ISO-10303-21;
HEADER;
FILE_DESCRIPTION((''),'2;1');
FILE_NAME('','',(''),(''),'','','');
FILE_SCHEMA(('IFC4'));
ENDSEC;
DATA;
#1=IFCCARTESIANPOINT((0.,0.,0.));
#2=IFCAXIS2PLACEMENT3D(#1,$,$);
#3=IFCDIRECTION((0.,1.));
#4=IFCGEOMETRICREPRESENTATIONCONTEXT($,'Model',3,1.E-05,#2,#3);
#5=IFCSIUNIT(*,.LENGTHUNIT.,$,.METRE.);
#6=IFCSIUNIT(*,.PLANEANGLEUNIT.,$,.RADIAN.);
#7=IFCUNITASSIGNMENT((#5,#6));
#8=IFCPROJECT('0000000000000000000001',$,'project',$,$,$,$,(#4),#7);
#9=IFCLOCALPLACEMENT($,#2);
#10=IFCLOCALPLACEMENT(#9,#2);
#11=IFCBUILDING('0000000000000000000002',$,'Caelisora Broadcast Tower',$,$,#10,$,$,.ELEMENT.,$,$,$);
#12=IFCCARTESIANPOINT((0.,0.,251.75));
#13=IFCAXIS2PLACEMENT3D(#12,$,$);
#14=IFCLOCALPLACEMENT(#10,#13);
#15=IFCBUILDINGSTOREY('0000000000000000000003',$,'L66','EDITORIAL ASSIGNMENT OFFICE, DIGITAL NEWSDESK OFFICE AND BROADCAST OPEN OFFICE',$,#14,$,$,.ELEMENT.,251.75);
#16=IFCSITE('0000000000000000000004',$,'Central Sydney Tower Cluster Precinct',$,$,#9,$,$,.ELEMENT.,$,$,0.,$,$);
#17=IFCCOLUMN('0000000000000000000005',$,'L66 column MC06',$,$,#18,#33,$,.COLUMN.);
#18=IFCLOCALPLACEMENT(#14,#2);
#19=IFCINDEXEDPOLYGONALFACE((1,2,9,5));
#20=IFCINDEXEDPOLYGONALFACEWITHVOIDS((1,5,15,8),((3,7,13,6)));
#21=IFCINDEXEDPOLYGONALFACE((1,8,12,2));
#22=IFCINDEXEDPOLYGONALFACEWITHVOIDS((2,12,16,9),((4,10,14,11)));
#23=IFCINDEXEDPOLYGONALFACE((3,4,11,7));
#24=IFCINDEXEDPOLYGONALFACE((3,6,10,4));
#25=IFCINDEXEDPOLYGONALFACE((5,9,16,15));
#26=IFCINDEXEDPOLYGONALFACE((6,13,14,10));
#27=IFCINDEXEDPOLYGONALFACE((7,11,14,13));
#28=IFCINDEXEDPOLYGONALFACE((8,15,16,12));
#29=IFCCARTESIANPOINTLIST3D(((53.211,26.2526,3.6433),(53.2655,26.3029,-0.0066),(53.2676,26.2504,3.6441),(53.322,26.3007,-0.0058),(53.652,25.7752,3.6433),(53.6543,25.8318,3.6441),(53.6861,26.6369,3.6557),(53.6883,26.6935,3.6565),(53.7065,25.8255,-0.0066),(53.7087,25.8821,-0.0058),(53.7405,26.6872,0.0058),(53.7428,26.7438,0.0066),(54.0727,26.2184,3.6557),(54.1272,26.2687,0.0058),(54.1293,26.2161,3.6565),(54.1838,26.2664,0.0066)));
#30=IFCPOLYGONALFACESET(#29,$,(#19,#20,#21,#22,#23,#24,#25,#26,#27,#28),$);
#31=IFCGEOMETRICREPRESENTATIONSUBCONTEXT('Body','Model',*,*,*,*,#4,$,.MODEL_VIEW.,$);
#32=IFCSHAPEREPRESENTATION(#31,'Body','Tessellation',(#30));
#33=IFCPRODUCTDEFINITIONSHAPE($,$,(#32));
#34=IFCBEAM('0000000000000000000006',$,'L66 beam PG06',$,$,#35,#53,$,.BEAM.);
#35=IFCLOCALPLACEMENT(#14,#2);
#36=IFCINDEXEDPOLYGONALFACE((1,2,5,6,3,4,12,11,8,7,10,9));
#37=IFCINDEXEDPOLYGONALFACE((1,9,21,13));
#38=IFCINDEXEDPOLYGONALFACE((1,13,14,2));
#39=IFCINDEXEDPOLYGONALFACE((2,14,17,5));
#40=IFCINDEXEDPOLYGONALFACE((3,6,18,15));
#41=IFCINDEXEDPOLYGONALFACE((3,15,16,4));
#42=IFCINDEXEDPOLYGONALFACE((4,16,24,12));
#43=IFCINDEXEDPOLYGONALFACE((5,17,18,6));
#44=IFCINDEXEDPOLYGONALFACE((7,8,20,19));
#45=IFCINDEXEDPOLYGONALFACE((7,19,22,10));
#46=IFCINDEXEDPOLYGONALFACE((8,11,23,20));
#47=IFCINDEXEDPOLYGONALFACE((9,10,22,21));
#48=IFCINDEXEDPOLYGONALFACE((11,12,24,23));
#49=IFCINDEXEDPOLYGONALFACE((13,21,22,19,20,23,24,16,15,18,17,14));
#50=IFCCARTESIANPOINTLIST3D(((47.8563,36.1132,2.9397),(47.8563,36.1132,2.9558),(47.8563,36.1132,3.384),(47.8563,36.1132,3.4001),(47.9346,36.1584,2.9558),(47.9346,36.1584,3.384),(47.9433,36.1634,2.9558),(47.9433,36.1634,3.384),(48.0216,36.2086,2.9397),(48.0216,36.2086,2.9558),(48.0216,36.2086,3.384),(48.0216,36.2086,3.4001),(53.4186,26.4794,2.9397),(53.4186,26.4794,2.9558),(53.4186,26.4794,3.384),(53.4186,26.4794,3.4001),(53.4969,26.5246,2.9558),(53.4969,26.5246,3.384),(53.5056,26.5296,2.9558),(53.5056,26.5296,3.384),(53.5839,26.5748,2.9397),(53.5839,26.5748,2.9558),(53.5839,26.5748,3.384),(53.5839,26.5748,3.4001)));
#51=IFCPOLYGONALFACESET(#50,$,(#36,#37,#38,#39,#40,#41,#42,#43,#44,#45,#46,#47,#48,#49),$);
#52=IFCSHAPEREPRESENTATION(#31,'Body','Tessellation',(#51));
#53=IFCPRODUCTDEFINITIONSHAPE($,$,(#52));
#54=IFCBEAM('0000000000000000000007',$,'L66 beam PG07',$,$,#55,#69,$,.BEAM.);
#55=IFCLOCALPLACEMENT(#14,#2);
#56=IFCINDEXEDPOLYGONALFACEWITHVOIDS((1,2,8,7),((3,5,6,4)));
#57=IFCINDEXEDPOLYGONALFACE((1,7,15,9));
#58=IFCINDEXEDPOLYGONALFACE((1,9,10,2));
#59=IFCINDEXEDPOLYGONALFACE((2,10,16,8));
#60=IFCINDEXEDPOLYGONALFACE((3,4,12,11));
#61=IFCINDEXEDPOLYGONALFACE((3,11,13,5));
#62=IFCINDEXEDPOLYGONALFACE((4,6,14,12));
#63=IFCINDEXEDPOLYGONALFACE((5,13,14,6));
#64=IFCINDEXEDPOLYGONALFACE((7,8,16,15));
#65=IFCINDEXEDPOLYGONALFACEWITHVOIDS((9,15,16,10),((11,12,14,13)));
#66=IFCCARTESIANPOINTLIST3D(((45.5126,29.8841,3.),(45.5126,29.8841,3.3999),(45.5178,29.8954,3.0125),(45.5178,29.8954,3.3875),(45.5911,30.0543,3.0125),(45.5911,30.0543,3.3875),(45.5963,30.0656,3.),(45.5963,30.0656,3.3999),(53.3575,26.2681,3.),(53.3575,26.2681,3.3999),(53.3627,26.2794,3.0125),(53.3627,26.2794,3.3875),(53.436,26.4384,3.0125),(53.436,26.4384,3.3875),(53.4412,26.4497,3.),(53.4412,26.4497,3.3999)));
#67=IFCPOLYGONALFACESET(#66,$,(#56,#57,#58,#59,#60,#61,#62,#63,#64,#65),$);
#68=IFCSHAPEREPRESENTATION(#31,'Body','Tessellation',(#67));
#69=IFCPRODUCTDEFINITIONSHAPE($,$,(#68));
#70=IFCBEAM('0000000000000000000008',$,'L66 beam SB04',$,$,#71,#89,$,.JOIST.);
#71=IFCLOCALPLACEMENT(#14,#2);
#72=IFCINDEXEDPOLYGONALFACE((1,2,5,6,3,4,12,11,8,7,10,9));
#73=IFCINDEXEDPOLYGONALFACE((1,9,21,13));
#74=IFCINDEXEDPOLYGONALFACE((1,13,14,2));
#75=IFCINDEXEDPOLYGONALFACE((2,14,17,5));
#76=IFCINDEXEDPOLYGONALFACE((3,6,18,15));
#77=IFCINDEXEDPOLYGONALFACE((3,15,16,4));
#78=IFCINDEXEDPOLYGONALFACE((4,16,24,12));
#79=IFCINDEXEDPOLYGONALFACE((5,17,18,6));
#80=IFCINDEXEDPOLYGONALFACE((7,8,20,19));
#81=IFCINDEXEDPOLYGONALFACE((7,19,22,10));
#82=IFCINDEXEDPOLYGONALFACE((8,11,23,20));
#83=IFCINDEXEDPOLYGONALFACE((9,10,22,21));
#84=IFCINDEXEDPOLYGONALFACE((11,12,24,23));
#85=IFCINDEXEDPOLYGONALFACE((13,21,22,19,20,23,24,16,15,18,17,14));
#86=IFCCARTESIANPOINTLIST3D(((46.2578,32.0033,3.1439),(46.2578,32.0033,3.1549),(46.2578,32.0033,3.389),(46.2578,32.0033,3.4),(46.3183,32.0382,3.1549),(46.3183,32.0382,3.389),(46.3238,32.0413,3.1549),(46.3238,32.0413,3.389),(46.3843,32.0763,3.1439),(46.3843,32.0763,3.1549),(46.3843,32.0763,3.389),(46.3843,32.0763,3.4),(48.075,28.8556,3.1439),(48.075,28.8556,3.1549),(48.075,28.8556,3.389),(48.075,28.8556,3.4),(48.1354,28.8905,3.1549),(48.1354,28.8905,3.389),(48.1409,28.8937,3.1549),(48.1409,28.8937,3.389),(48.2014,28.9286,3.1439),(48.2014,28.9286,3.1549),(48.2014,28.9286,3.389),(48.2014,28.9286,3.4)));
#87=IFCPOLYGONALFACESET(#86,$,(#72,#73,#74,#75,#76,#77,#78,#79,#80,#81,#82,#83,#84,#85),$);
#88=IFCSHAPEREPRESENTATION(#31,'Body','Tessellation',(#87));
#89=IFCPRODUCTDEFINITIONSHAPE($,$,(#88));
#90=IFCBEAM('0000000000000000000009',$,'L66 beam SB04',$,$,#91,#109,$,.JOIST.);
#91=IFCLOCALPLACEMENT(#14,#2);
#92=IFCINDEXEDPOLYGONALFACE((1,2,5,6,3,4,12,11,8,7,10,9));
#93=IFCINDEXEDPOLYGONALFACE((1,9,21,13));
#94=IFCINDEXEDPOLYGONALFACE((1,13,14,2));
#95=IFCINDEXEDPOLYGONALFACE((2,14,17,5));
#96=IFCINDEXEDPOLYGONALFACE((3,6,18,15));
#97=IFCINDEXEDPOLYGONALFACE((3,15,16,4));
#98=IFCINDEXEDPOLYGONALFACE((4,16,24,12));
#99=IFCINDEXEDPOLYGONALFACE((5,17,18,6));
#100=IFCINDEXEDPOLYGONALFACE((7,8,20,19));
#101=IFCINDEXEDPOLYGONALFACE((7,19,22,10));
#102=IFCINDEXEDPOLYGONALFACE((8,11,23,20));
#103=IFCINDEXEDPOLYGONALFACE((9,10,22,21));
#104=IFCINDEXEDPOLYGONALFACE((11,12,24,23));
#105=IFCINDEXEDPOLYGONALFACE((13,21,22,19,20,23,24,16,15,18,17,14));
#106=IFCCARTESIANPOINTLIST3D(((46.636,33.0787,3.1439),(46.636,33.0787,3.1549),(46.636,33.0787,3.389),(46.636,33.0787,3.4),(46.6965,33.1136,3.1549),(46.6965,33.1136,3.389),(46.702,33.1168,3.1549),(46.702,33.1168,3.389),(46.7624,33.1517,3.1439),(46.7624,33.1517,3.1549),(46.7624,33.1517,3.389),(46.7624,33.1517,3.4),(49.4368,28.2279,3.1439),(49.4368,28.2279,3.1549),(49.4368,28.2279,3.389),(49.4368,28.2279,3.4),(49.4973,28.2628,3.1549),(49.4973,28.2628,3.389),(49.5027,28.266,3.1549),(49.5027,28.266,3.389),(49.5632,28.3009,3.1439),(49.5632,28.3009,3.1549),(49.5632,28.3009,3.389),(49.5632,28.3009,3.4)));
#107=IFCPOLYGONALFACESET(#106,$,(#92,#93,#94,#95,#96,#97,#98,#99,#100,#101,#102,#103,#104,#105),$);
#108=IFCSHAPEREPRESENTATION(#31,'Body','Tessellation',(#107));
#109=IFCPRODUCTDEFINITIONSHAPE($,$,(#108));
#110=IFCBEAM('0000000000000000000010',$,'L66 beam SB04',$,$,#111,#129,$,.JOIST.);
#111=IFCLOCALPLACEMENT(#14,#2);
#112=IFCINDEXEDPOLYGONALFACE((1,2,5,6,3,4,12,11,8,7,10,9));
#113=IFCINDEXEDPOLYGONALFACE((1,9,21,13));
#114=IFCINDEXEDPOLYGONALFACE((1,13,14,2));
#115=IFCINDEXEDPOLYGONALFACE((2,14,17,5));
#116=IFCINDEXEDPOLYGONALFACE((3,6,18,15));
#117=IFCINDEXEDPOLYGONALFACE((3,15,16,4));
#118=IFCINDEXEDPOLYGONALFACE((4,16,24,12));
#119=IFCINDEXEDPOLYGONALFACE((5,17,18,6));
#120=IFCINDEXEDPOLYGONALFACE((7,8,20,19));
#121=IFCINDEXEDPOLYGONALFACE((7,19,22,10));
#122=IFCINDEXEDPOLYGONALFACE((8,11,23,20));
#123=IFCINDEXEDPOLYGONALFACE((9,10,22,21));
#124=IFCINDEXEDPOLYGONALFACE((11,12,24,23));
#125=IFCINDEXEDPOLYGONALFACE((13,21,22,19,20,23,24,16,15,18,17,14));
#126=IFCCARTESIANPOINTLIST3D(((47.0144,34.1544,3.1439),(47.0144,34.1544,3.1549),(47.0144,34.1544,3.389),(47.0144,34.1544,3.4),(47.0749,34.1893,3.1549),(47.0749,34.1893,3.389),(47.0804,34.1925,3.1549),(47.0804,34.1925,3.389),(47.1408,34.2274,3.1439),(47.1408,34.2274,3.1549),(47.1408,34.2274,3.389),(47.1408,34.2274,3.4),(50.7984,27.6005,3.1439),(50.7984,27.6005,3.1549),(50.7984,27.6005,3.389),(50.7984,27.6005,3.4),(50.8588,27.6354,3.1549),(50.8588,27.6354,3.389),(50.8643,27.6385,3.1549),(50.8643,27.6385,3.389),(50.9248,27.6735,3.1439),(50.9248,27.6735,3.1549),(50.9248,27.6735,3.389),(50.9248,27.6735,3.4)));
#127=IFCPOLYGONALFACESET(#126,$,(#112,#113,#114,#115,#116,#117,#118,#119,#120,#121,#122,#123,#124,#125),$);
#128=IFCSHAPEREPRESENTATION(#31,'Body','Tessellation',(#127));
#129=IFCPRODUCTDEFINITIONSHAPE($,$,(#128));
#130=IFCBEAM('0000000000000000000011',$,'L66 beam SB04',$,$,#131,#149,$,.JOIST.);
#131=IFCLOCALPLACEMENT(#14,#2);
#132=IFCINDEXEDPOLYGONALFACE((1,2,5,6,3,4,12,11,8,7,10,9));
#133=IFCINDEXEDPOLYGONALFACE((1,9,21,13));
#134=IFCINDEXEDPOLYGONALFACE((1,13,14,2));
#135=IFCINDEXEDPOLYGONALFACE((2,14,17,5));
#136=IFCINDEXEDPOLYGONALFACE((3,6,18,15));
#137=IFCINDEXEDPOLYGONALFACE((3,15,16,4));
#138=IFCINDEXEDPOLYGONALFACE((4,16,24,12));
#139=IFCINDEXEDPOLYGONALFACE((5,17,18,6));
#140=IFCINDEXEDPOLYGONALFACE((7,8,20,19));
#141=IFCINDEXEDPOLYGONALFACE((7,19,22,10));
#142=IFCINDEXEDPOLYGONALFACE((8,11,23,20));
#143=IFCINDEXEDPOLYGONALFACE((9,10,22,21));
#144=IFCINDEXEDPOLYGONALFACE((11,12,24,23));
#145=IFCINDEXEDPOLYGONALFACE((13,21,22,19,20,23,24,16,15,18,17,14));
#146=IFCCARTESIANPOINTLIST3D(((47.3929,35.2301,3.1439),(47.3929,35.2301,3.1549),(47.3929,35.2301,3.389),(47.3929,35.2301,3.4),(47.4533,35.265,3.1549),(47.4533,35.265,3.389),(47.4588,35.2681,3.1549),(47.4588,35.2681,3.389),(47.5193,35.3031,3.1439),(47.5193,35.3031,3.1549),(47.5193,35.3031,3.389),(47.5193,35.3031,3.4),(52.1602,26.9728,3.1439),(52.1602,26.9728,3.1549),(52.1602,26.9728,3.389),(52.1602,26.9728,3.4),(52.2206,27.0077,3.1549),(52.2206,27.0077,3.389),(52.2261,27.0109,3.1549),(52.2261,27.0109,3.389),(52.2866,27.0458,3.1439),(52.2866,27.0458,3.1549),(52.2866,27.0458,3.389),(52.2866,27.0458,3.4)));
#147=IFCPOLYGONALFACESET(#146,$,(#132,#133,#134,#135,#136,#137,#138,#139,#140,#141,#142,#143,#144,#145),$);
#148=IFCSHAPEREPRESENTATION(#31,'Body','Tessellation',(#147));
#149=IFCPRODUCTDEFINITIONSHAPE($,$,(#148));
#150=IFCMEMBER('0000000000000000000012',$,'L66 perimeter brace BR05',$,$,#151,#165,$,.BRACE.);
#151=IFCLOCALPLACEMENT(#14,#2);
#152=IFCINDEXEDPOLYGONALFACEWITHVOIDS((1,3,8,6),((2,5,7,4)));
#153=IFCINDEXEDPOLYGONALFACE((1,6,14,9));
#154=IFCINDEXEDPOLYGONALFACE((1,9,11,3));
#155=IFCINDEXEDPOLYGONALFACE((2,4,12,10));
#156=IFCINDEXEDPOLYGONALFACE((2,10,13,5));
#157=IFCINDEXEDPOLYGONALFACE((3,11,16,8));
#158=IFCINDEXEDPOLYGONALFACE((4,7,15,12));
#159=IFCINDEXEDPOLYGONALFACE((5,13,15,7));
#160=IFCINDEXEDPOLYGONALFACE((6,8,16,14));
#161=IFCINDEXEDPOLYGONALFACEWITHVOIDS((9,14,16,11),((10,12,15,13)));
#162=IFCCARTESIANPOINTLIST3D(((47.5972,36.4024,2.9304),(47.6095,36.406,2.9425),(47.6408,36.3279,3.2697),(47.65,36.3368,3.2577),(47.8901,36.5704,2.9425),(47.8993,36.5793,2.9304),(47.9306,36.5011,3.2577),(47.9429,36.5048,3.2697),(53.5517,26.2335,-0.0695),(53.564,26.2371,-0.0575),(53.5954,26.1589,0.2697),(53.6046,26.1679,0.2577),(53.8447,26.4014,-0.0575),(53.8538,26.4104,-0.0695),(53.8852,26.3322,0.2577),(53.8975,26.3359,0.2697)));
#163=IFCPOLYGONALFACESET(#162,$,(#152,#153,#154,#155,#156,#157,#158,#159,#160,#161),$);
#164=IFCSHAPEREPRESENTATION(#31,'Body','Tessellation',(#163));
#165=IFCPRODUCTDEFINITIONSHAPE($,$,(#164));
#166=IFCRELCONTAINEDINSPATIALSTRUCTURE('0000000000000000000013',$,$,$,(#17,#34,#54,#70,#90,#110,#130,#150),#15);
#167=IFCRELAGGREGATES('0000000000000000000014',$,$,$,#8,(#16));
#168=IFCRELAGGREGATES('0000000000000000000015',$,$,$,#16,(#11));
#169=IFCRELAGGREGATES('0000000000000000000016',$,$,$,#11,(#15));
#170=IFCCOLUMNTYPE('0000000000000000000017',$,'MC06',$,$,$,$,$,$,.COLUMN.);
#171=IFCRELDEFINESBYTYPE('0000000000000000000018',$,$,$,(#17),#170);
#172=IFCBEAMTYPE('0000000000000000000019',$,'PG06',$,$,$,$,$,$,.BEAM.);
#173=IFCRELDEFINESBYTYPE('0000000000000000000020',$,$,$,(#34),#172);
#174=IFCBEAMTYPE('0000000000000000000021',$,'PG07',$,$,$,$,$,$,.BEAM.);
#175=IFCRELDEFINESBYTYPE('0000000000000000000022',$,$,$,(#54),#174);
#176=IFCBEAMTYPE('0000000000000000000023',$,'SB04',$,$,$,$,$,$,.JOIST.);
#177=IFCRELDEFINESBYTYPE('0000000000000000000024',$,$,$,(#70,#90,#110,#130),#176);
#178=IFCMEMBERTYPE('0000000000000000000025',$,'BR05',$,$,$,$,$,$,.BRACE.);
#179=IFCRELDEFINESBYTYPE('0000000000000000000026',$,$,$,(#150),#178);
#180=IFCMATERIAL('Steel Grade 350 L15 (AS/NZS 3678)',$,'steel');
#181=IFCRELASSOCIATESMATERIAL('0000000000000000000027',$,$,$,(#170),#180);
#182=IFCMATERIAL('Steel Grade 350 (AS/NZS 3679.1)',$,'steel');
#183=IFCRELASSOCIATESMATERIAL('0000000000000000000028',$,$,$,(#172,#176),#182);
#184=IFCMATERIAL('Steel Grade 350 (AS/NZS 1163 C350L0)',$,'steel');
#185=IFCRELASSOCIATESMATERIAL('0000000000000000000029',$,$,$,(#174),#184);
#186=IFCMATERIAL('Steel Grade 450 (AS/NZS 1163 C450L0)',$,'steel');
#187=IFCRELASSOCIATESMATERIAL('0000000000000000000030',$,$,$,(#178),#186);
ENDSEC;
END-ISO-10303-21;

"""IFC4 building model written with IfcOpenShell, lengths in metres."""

from ifc_helpers import new_model, si_unit, direction, frame, origin, origin_2d, place, context, subcontext, project, spatial, hollow_rectangle, i_section, extrude, source, transform, mapped, material, material_profile, profile_set, type_object, type_shapes, element, save


model = new_model("IFC4")

# Units and contexts
model_context = context("Model", 3, precision=1e-05, world=origin(), true_north=direction((0.0, 1.0)))
body_context = subcontext(model_context, "Body", "Model", "MODEL_VIEW")
ifc_project = project(units=[si_unit("LENGTHUNIT", "METRE"), si_unit("PLANEANGLEUNIT", "RADIAN")], contexts=[model_context])

# Site, building, storey
site_placement = place(None, origin())
site = spatial("IfcSite", under=ifc_project, at=site_placement, Name="Central Sydney Tower Cluster Precinct", CompositionType="ELEMENT", RefElevation=0.0)
building_placement = place(site_placement, origin())
building = spatial("IfcBuilding", under=site, at=building_placement, Name="Caelisora Broadcast Tower", CompositionType="ELEMENT")
storey_placement = place(building_placement, frame((0.0, 0.0, 251.75)))
storey = spatial("IfcBuildingStorey", under=building, at=storey_placement, Name="L66", Description="EDITORIAL ASSIGNMENT OFFICE, DIGITAL NEWSDESK OFFICE AND BROADCAST OPEN OFFICE", CompositionType="ELEMENT", Elevation=251.75)

# Column
ifc_material_1 = material(Name="Steel Grade 350 L15 (AS/NZS 3678)", Category="steel")
ifc_material_profile_1 = material_profile(ifc_material_1, hollow_rectangle(XDim=0.6499, YDim=0.6499, WallThickness=0.04, at=origin_2d()), Name="Steel Grade 350 L15 (AS/NZS 3678)")
ifc_profile_set_1 = profile_set([ifc_material_profile_1], Name="Steel Grade 350 L15 (AS/NZS 3678)")
column_type = type_object("IfcColumnType", Name="MC06", PredefinedType="COLUMN", material=ifc_profile_set_1)
shared_shape_1 = source(origin(), body_context, "Body", "SweptSolid", [
    extrude(hollow_rectangle(XDim=0.6499, YDim=0.6499, WallThickness=0.04, at=origin_2d()), origin(), (0.0, 0.0, 1.0), 3.6506),
])
type_shapes(column_type, [shared_shape_1])
column_placement = place(storey_placement, frame((53.7246, 26.2847, 0.0), z_axis=(-0.014913, -0.013776, 0.999794), x_axis=(0.678554, -0.734551, 0.0)))
element("IfcColumn", 1, at=column_placement, inside=storey, type_object=column_type, Name="L66 column MC06", PredefinedType="COLUMN", context=body_context, shape_type="MappedRepresentation", body=[
    mapped(shared_shape_1, transform((0.0, 0.0, 0.0), scale=1.0)),
])

# Beams
ifc_material_2 = material(Name="Steel Grade 350 (AS/NZS 3679.1)", Category="steel")
ifc_material_profile_2 = material_profile(ifc_material_2, i_section(OverallWidth=0.1909, OverallDepth=0.4604, WebThickness=0.01, FlangeThickness=0.0161, at=origin_2d()), Name="Steel Grade 350 (AS/NZS 3679.1)")
ifc_profile_set_2 = profile_set([ifc_material_profile_2], Name="Steel Grade 350 (AS/NZS 3679.1)")
beam_type_1 = type_object("IfcBeamType", Name="PG06", PredefinedType="BEAM", material=ifc_profile_set_2)
shared_shape_2 = source(origin(), body_context, "Body", "SweptSolid", [
    extrude(i_section(OverallWidth=0.1909, OverallDepth=0.4604, WebThickness=0.01, FlangeThickness=0.0161, at=origin_2d()), origin(), (0.0, 0.0, 1.0), 11.1243),
])
type_shapes(beam_type_1, [shared_shape_2])
beam_1_placement = place(storey_placement, frame((53.5012, 26.5271, 3.1699), z_axis=(-0.500012, 0.866018, 0.0), x_axis=(-0.866018, -0.500012, 0.0)))
element("IfcBeam", 2, at=beam_1_placement, inside=storey, type_object=beam_type_1, Name="L66 beam PG06", PredefinedType="BEAM", context=body_context, shape_type="MappedRepresentation", body=[
    mapped(shared_shape_2, transform((0.0, 0.0, 0.0), scale=1.0)),
])
ifc_material_3 = material(Name="Steel Grade 350 (AS/NZS 1163 C350L0)", Category="steel")
ifc_material_profile_3 = material_profile(ifc_material_3, hollow_rectangle(XDim=0.2, YDim=0.3999, WallThickness=0.0125, at=origin_2d()), Name="Steel Grade 350 (AS/NZS 1163 C350L0)")
ifc_profile_set_3 = profile_set([ifc_material_profile_3], Name="Steel Grade 350 (AS/NZS 1163 C350L0)")
beam_type_2 = type_object("IfcBeamType", Name="PG07", PredefinedType="BEAM", material=ifc_profile_set_3)
shared_shape_3 = source(origin(), body_context, "Body", "SweptSolid", [
    extrude(hollow_rectangle(XDim=0.2, YDim=0.3999, WallThickness=0.0125, at=origin_2d()), origin(), (0.0, 0.0, 1.0), 8.6382),
])
type_shapes(beam_type_2, [shared_shape_3])
beam_2_placement = place(storey_placement, frame((45.5544, 29.9749, 3.2), z_axis=(0.90817, -0.418601, 0.0), x_axis=(0.418601, 0.90817, 0.0)))
element("IfcBeam", 3, at=beam_2_placement, inside=storey, type_object=beam_type_2, Name="L66 beam PG07", PredefinedType="BEAM", context=body_context, shape_type="MappedRepresentation", body=[
    mapped(shared_shape_3, transform((0.0, 0.0, 0.0), scale=1.0)),
])
ifc_material_profile_4 = material_profile(ifc_material_2, i_section(OverallWidth=0.146, OverallDepth=0.2561, WebThickness=0.0063, FlangeThickness=0.011, at=origin_2d()), Name="Steel Grade 350 (AS/NZS 3679.1)")
ifc_profile_set_4 = profile_set([ifc_material_profile_4], Name="Steel Grade 350 (AS/NZS 3679.1)")
beam_type_3 = type_object("IfcBeamType", Name="SB04", PredefinedType="JOIST", material=ifc_profile_set_4)
shared_shape_4 = source(origin(), body_context, "Body", "SweptSolid", [
    extrude(i_section(OverallWidth=0.146, OverallDepth=0.2561, WebThickness=0.0063, FlangeThickness=0.011, at=origin_2d()), origin(), (0.0, 0.0, 1.0), 3.6345),
])
beam_3_placement = place(storey_placement, frame((48.1382, 28.8921, 3.272), z_axis=(-0.499961, 0.866048, 0.0), x_axis=(-0.866048, -0.499961, 0.0)))
element("IfcBeam", 4, at=beam_3_placement, inside=storey, type_object=beam_type_3, Name="L66 beam SB04", PredefinedType="JOIST", context=body_context, shape_type="MappedRepresentation", body=[
    mapped(shared_shape_4, transform((0.0, 0.0, 0.0), scale=1.0)),
])
shared_shape_5 = source(origin(), body_context, "Body", "SweptSolid", [
    extrude(i_section(OverallWidth=0.146, OverallDepth=0.2561, WebThickness=0.0063, FlangeThickness=0.011, at=origin_2d()), origin(), (0.0, 0.0, 1.0), 5.6013),
])
beam_4_placement = place(storey_placement, frame((49.5, 28.2644, 3.272), z_axis=(-0.500021, 0.866014, 0.0), x_axis=(-0.866014, -0.500021, 0.0)))
element("IfcBeam", 5, at=beam_4_placement, inside=storey, type_object=beam_type_3, Name="L66 beam SB04", PredefinedType="JOIST", context=body_context, shape_type="MappedRepresentation", body=[
    mapped(shared_shape_5, transform((0.0, 0.0, 0.0), scale=1.0)),
])
shared_shape_6 = source(origin(), body_context, "Body", "SweptSolid", [
    extrude(i_section(OverallWidth=0.146, OverallDepth=0.2561, WebThickness=0.0063, FlangeThickness=0.011, at=origin_2d()), origin(), (0.0, 0.0, 1.0), 7.5679),
])
beam_5_placement = place(storey_placement, frame((50.8616, 27.637, 3.272), z_axis=(-0.500001, 0.866025, 0.0), x_axis=(-0.866025, -0.500001, 0.0)))
element("IfcBeam", 6, at=beam_5_placement, inside=storey, type_object=beam_type_3, Name="L66 beam SB04", PredefinedType="JOIST", context=body_context, shape_type="MappedRepresentation", body=[
    mapped(shared_shape_6, transform((0.0, 0.0, 0.0), scale=1.0)),
])
shared_shape_7 = source(origin(), body_context, "Body", "SweptSolid", [
    extrude(i_section(OverallWidth=0.146, OverallDepth=0.2561, WebThickness=0.0063, FlangeThickness=0.011, at=origin_2d()), origin(), (0.0, 0.0, 1.0), 9.5347),
])
type_shapes(beam_type_3, [shared_shape_4, shared_shape_5, shared_shape_6, shared_shape_7])
beam_6_placement = place(storey_placement, frame((52.2234, 27.0093, 3.272), z_axis=(-0.499997, 0.866027, 0.0), x_axis=(-0.866027, -0.499997, 0.0)))
element("IfcBeam", 7, at=beam_6_placement, inside=storey, type_object=beam_type_3, Name="L66 beam SB04", PredefinedType="JOIST", context=body_context, shape_type="MappedRepresentation", body=[
    mapped(shared_shape_7, transform((0.0, 0.0, 0.0), scale=1.0)),
])

# Member
ifc_material_4 = material(Name="Steel Grade 450 (AS/NZS 1163 C450L0)", Category="steel")
ifc_material_profile_5 = material_profile(ifc_material_4, hollow_rectangle(XDim=0.3501, YDim=0.3501, WallThickness=0.0125, at=origin_2d()), Name="Steel Grade 450 (AS/NZS 1163 C450L0)")
ifc_profile_set_5 = profile_set([ifc_material_profile_5], Name="Steel Grade 450 (AS/NZS 1163 C450L0)")
member_type_1 = type_object("IfcMemberType", Name="BR05", PredefinedType="BRACE", material=ifc_profile_set_5)
shared_shape_8 = source(origin(), body_context, "Body", "SweptSolid", [
    extrude(hollow_rectangle(XDim=0.3501, YDim=0.3501, WallThickness=0.0125, at=origin_2d()), origin(), (0.0, 0.0, 1.0), 12.1599),
])
type_shapes(member_type_1, [shared_shape_8])
member_1_placement = place(storey_placement, frame((53.7246, 26.2847, 0.1001), z_axis=(-0.489688, 0.836265, 0.246711), x_axis=(-0.862939, -0.505308, 0.0)))
element("IfcMember", 8, at=member_1_placement, inside=storey, type_object=member_type_1, Name="L66 perimeter brace BR05", PredefinedType="BRACE", context=body_context, shape_type="MappedRepresentation", body=[
    mapped(shared_shape_8, transform((0.0, 0.0, 0.0), scale=1.0)),
])

save(model, "model.ifc")
